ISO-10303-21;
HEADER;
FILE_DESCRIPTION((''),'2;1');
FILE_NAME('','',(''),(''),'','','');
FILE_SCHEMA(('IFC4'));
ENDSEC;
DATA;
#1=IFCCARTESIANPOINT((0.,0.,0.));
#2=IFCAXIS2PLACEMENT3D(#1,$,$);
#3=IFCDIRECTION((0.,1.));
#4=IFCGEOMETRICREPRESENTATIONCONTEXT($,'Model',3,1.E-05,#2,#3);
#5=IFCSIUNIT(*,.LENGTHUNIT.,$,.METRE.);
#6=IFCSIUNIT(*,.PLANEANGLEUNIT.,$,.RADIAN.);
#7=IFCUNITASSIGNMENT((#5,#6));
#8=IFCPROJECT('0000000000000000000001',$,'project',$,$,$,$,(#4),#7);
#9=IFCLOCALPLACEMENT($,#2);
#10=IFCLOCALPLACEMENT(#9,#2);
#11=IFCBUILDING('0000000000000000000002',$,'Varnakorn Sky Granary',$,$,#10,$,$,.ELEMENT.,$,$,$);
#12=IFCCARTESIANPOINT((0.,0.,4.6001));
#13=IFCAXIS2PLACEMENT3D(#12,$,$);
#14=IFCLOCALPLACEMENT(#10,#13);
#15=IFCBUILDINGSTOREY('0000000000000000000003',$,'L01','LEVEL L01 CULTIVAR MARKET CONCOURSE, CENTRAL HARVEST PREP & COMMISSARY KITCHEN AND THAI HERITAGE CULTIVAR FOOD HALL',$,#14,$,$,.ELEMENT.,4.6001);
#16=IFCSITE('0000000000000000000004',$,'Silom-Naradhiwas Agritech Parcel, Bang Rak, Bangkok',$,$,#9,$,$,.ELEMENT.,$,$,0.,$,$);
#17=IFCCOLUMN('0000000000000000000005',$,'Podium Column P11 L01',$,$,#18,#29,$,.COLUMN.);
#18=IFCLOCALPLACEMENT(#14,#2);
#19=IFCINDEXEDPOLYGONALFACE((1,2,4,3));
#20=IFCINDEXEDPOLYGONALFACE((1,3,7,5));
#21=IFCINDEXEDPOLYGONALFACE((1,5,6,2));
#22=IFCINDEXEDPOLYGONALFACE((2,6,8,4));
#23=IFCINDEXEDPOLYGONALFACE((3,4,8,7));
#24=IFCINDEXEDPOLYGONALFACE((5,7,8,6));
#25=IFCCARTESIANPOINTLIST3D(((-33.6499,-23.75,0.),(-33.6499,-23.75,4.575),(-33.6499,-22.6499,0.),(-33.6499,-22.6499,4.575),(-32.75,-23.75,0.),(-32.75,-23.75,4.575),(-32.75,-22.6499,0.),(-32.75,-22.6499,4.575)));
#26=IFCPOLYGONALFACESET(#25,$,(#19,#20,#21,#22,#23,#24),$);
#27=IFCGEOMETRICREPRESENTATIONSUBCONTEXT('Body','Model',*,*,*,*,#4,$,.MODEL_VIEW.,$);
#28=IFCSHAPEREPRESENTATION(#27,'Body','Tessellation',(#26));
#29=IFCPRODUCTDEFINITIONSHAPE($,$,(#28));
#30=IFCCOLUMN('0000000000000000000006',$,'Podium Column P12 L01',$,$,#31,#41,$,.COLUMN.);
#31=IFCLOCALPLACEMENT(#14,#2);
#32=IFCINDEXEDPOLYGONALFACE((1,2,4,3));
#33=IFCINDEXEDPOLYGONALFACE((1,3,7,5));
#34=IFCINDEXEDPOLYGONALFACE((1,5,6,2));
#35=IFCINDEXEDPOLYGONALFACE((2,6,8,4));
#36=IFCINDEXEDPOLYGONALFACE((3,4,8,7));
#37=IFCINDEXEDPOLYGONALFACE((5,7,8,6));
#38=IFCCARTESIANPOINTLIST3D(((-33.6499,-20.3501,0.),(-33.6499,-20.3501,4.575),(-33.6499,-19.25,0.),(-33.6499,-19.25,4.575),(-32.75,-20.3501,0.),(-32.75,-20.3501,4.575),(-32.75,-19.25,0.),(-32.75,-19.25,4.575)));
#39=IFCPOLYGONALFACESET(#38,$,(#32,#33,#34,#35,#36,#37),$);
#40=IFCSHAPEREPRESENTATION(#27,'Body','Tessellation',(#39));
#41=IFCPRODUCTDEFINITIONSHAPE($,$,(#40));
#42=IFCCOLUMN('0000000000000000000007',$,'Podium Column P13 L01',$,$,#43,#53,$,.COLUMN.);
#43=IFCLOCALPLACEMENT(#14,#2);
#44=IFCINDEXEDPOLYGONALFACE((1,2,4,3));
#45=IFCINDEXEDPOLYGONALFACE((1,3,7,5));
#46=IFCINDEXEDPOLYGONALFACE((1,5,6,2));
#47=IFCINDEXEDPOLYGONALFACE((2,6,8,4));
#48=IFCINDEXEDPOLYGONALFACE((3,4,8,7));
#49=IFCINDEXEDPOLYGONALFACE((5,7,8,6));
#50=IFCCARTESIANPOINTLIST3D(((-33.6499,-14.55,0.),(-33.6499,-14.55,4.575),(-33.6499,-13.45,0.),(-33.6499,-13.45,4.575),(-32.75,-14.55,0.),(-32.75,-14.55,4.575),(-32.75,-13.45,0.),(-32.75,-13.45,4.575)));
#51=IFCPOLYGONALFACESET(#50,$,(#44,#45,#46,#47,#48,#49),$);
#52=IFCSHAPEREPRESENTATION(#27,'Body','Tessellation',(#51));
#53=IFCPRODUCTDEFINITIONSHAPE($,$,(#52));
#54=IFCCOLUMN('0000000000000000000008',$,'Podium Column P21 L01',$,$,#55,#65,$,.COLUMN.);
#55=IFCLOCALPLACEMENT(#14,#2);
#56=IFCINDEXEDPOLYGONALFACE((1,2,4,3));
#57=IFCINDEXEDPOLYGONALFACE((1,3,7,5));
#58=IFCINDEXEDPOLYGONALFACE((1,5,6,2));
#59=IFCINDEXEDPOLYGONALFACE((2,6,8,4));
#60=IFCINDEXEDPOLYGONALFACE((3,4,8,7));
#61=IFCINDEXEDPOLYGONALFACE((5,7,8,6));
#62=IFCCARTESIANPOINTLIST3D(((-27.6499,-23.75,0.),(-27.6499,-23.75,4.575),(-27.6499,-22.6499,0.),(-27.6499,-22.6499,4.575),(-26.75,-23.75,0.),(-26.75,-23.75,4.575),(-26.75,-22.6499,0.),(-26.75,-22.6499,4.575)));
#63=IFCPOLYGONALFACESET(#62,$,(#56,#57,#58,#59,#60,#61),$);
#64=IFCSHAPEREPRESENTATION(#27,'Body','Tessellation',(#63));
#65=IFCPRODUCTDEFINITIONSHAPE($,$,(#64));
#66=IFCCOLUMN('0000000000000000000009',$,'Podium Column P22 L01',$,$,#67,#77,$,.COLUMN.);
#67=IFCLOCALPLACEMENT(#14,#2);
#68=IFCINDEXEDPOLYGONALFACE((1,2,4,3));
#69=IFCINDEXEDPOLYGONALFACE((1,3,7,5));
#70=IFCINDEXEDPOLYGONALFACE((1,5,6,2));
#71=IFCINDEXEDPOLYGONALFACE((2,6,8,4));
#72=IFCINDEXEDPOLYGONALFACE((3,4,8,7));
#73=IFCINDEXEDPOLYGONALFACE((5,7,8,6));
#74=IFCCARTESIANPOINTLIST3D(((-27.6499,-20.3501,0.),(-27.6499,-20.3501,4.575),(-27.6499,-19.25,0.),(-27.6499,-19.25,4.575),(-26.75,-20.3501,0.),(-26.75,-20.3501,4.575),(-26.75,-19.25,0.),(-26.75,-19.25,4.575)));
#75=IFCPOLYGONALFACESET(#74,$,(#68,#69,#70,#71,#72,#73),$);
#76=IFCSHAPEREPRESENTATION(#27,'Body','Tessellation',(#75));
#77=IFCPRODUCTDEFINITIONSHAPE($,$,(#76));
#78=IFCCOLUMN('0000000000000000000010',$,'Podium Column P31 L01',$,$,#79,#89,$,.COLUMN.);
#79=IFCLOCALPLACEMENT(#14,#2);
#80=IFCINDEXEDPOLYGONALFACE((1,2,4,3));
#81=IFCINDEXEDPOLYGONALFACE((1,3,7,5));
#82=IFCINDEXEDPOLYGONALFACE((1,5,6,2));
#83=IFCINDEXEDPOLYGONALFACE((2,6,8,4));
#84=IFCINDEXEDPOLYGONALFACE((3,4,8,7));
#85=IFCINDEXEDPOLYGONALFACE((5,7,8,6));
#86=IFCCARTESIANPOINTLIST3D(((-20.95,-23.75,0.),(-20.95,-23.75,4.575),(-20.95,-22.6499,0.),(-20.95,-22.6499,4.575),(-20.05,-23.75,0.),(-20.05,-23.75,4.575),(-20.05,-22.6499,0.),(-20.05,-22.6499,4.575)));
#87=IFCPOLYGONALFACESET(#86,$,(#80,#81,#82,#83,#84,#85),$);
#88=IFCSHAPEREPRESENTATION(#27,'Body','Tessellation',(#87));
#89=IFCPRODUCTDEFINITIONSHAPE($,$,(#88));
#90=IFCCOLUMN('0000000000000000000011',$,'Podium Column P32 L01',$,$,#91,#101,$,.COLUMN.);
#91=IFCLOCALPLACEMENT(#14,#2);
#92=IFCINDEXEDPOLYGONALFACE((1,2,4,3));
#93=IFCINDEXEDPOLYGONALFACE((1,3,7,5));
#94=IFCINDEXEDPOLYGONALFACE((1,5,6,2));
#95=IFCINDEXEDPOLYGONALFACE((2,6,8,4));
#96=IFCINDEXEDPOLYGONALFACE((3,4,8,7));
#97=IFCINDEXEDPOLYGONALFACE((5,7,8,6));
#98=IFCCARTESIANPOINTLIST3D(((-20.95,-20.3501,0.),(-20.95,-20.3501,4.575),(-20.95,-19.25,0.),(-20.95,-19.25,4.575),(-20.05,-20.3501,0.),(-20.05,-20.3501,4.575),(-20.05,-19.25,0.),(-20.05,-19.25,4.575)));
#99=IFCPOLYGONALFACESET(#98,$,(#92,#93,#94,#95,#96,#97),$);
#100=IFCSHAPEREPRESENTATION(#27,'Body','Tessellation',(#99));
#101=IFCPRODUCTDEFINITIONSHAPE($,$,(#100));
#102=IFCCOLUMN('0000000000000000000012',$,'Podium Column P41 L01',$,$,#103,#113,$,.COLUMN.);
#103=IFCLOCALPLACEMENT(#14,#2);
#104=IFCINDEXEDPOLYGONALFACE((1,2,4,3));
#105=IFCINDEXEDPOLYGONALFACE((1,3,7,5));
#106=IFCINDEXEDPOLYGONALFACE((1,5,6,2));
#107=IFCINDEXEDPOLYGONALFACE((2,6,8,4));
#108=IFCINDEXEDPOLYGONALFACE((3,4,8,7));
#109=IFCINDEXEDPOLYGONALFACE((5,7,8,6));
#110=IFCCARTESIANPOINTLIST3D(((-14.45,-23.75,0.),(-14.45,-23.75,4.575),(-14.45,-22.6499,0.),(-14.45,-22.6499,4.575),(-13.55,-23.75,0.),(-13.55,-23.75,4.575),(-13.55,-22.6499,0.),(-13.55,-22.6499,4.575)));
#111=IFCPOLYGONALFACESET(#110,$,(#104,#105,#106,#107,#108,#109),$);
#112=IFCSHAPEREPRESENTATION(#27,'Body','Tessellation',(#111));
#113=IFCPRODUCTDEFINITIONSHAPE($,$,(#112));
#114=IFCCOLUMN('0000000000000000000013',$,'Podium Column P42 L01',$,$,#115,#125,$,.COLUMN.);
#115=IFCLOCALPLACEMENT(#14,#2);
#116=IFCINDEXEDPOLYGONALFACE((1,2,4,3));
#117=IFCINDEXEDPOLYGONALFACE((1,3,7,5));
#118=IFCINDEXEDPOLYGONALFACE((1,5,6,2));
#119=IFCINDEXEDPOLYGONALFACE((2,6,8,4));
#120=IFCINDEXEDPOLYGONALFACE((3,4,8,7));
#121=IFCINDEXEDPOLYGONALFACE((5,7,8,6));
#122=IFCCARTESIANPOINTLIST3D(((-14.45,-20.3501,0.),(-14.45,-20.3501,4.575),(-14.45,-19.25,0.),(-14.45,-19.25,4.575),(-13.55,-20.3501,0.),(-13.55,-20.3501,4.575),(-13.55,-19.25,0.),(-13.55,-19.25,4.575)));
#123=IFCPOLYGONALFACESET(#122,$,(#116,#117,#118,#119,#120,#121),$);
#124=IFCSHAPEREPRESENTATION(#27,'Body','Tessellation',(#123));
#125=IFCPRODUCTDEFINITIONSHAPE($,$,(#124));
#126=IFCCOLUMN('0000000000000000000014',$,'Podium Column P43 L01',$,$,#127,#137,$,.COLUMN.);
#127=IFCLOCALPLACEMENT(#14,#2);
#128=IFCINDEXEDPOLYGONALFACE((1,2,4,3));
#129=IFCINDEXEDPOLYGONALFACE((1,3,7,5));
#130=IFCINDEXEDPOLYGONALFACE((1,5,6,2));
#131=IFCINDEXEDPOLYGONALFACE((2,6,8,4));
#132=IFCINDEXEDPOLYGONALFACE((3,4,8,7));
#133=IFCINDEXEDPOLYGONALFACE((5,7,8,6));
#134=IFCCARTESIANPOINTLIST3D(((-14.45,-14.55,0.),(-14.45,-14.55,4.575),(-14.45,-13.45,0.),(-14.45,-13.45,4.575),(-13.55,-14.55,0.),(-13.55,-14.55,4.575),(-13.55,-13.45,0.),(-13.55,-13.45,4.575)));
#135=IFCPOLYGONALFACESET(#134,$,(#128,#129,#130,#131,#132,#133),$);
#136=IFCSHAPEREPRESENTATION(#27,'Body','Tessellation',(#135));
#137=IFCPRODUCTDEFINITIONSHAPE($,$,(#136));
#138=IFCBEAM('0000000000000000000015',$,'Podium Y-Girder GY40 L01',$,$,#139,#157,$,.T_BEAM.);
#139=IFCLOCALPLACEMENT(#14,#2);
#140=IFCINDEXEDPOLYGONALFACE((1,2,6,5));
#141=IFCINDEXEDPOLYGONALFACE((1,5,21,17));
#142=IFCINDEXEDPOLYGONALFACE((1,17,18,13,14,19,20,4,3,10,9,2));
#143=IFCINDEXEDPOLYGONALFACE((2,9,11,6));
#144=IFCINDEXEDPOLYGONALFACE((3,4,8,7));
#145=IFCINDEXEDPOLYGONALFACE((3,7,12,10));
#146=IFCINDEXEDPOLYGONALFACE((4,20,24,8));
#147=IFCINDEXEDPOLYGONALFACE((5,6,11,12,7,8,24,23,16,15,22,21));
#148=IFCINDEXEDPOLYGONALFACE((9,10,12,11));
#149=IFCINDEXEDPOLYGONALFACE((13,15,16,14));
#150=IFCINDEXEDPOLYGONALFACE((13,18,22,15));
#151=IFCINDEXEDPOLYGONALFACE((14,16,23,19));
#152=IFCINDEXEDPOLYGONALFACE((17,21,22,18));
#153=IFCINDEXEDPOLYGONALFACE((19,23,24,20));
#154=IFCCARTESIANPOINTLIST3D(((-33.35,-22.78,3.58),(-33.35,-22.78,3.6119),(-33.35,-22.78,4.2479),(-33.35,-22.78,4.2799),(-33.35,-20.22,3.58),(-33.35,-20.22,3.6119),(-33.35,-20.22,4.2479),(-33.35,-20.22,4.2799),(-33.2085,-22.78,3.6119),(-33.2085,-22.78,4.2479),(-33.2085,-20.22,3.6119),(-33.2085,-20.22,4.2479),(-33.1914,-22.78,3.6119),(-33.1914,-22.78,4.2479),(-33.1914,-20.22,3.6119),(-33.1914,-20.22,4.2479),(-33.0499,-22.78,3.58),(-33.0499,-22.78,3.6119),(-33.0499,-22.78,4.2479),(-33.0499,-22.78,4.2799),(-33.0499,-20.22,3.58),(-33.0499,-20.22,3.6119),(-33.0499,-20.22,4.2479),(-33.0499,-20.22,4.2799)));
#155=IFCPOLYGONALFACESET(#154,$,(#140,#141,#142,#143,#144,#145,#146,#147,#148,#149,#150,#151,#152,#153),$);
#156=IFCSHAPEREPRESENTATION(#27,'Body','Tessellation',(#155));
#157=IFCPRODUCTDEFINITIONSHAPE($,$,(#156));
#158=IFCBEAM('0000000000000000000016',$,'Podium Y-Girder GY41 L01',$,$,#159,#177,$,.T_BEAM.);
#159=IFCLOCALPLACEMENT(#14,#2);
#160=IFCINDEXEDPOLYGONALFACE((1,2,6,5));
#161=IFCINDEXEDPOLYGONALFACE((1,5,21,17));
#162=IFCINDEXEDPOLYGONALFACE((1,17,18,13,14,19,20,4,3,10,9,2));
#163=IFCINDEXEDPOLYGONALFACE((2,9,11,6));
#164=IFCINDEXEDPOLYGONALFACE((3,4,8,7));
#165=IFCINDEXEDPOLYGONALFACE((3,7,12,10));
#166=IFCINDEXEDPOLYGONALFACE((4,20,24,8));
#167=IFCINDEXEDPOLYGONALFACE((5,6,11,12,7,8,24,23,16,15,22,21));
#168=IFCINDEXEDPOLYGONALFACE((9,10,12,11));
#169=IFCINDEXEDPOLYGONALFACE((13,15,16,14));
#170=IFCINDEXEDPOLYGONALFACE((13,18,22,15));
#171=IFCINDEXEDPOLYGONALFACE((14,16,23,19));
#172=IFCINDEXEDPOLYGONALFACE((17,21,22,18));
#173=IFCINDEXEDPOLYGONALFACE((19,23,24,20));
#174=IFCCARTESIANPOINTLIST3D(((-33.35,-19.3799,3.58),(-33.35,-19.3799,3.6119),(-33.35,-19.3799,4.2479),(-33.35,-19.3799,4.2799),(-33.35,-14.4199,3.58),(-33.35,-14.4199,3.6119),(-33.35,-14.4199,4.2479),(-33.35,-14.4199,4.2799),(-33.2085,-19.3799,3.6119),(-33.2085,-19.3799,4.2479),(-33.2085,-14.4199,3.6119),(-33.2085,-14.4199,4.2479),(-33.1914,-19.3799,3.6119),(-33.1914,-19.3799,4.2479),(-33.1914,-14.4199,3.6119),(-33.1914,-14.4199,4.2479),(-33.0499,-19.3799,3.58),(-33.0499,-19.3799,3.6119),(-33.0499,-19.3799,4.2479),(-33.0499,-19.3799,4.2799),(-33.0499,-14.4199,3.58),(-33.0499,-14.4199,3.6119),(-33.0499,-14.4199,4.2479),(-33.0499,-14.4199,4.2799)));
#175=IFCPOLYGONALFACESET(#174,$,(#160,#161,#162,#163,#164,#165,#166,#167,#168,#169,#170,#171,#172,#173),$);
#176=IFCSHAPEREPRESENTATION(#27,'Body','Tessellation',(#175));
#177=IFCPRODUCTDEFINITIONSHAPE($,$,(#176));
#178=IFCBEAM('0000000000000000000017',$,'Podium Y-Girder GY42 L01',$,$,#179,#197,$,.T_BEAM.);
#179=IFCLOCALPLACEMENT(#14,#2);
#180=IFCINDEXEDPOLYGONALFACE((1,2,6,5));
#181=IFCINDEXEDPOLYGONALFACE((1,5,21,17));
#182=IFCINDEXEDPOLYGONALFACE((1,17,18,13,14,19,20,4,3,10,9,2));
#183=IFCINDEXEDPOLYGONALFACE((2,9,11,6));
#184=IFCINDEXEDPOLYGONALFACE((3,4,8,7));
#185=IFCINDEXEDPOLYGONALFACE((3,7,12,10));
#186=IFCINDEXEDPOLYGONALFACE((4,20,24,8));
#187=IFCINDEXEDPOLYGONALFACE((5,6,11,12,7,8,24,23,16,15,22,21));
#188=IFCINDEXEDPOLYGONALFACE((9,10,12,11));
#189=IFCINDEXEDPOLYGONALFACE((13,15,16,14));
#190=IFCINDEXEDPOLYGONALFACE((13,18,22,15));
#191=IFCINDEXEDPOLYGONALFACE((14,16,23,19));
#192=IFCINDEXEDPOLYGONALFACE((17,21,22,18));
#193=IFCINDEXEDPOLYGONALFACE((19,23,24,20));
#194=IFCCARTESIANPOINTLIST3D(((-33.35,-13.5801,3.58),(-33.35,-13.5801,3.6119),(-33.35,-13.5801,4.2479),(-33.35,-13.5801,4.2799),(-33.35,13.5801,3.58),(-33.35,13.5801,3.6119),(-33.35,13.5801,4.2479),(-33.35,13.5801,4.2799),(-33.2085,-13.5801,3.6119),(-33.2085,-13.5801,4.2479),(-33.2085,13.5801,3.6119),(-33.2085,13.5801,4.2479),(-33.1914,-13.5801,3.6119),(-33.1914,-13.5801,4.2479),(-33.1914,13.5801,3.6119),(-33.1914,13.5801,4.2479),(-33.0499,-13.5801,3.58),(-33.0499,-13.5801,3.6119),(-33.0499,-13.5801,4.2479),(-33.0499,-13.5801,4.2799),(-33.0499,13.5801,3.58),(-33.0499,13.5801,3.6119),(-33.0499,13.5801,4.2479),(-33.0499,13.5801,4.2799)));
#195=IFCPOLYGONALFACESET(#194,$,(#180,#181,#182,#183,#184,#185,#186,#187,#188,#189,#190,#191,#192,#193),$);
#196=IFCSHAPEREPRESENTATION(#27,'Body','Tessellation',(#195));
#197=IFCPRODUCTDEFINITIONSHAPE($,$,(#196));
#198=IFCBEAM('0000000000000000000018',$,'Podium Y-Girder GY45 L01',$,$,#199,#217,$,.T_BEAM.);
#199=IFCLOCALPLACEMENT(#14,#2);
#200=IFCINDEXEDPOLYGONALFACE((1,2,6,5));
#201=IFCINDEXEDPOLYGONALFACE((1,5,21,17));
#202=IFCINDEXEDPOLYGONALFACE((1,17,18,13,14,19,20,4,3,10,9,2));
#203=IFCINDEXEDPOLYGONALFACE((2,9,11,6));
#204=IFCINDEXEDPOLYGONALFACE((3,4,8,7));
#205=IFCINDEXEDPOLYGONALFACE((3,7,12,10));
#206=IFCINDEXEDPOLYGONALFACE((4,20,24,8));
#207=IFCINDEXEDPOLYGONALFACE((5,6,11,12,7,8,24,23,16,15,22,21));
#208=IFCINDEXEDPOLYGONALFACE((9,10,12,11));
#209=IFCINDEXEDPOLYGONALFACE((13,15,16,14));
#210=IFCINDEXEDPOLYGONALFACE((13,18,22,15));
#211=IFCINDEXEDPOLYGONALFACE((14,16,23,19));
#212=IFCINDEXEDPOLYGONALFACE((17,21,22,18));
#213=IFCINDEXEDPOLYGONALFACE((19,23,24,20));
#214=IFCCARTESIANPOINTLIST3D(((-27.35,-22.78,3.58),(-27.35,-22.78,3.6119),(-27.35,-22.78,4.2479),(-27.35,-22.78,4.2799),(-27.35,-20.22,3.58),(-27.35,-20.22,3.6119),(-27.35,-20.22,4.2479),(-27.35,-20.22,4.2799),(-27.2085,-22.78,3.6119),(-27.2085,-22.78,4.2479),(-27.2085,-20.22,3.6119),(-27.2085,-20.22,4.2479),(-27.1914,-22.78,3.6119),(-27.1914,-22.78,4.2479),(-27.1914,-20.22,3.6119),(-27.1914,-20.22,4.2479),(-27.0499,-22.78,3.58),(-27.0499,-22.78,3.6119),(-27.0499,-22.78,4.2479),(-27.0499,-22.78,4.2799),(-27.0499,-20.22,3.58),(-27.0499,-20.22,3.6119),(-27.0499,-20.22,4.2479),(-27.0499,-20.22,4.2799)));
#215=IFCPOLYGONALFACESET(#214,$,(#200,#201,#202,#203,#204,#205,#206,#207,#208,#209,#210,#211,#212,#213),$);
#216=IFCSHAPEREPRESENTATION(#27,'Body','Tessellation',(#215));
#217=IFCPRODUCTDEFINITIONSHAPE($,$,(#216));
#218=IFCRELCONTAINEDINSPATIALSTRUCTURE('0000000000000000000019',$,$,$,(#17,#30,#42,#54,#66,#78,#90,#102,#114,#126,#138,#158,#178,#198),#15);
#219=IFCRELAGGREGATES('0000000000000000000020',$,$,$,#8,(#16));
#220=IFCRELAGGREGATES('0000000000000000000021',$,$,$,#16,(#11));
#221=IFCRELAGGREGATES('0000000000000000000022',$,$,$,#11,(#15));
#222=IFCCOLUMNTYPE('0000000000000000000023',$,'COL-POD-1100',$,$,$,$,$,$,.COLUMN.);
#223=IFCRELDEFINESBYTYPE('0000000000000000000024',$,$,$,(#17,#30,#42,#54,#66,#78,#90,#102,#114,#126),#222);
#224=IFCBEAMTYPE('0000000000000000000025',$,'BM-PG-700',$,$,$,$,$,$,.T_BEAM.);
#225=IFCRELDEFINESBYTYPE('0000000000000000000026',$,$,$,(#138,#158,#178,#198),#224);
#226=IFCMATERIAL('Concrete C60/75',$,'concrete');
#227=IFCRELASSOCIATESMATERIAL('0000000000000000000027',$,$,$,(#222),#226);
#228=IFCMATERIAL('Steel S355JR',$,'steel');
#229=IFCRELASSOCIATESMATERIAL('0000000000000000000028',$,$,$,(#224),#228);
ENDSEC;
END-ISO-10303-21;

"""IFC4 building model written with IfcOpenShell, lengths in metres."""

from ifc_helpers import new_model, si_unit, direction, frame, origin, origin_2d, place, context, subcontext, project, spatial, rectangle, i_section, extrude, material, material_profile, profile_set, type_object, element, save


model = new_model("IFC4")

# Units and contexts
model_context = context("Model", 3, precision=1e-05, world=origin(), true_north=direction((0.0, 1.0)))
body_context = subcontext(model_context, "Body", "Model", "MODEL_VIEW")
ifc_project = project(units=[si_unit("LENGTHUNIT", "METRE"), si_unit("PLANEANGLEUNIT", "RADIAN")], contexts=[model_context])

# Site, building, storey
site_placement = place(None, origin())
site = spatial("IfcSite", under=ifc_project, at=site_placement, Name="Silom-Naradhiwas Agritech Parcel, Bang Rak, Bangkok", CompositionType="ELEMENT", RefElevation=0.0)
building_placement = place(site_placement, origin())
building = spatial("IfcBuilding", under=site, at=building_placement, Name="Varnakorn Sky Granary", CompositionType="ELEMENT")
storey_placement = place(building_placement, frame((0.0, 0.0, 4.6001)))
storey = spatial("IfcBuildingStorey", under=building, at=storey_placement, Name="L01", Description="LEVEL L01 CULTIVAR MARKET CONCOURSE, CENTRAL HARVEST PREP & COMMISSARY KITCHEN AND THAI HERITAGE CULTIVAR FOOD HALL", CompositionType="ELEMENT", Elevation=4.6001)

# Columns
ifc_material_1 = material(Name="Concrete C60/75", Category="concrete")
ifc_material_profile_1 = material_profile(ifc_material_1, rectangle(XDim=0.8999, YDim=1.1001, at=origin_2d()), Name="RC 900x1100")
ifc_profile_set_1 = profile_set([ifc_material_profile_1], Name="Concrete C60/75")
column_type = type_object("IfcColumnType", Name="COL-POD-1100", PredefinedType="COLUMN", material=ifc_profile_set_1)
for number, where, z_axis, x_axis, name in (
    (1, (-33.2, -23.2, 0.0), (0.0, 0.0, 1.0), (1.0, 0.0, 0.0), "Podium Column P11 L01"),
    (2, (-33.2, -19.8, 0.0), (0.0, 0.0, 1.0), (1.0, 0.0, 0.0), "Podium Column P12 L01"),
    (3, (-33.2, -14.0, 0.0), (0.0, 0.0, 1.0), (1.0, 0.0, 0.0), "Podium Column P13 L01"),
    (4, (-27.2, -23.2, 0.0), (0.0, 0.0, 1.0), (1.0, 0.0, 0.0), "Podium Column P21 L01"),
    (5, (-27.2, -19.8, 0.0), (0.0, 0.0, 1.0), (1.0, 0.0, 0.0), "Podium Column P22 L01"),
    (6, (-20.5, -23.2, 0.0), (0.0, 0.0, 1.0), (1.0, 0.0, 0.0), "Podium Column P31 L01"),
    (7, (-20.5, -19.8, 0.0), (0.0, 0.0, 1.0), (1.0, 0.0, 0.0), "Podium Column P32 L01"),
    (8, (-14.0, -23.2, 0.0), (0.0, 0.0, 1.0), (1.0, 0.0, 0.0), "Podium Column P41 L01"),
    (9, (-14.0, -19.8, 0.0), (0.0, 0.0, 1.0), (1.0, 0.0, 0.0), "Podium Column P42 L01"),
    (10, (-14.0, -14.0, 0.0), (0.0, 0.0, 1.0), (1.0, 0.0, 0.0), "Podium Column P43 L01"),
):
    element("IfcColumn", number, at=place(storey_placement, frame(where, z_axis=z_axis, x_axis=x_axis)), inside=storey, type_object=column_type, Name=name, PredefinedType="COLUMN", context=body_context, shape_type="SweptSolid", body=[
        extrude(rectangle(XDim=0.8999, YDim=1.1001, at=origin_2d()), origin(), (0.0, 0.0, 1.0), 4.575),
    ])

# Beams
ifc_material_2 = material(Name="Steel S355JR", Category="steel")
ifc_material_profile_2 = material_profile(ifc_material_2, i_section(OverallWidth=0.3, OverallDepth=0.7, WebThickness=0.0171, FlangeThickness=0.032, at=origin_2d()), Name="HE 700 B")
ifc_profile_set_2 = profile_set([ifc_material_profile_2], Name="Steel S355JR")
beam_type_1 = type_object("IfcBeamType", Name="BM-PG-700", PredefinedType="T_BEAM", material=ifc_profile_set_2)
beam_1_placement = place(storey_placement, frame((-33.2, -22.78, 3.9299), z_axis=(0.0, 1.0, 0.0), x_axis=(-1.0, 0.0, 0.0)))
element("IfcBeam", 11, at=beam_1_placement, inside=storey, type_object=beam_type_1, Name="Podium Y-Girder GY40 L01", PredefinedType="T_BEAM", context=body_context, shape_type="SweptSolid", body=[
    extrude(i_section(OverallWidth=0.3, OverallDepth=0.7, WebThickness=0.0171, FlangeThickness=0.032, at=origin_2d()), origin(), (0.0, 0.0, 1.0), 2.5601),
])
beam_2_placement = place(storey_placement, frame((-33.2, -19.3799, 3.9299), z_axis=(0.0, 1.0, 0.0), x_axis=(-1.0, 0.0, 0.0)))
element("IfcBeam", 12, at=beam_2_placement, inside=storey, type_object=beam_type_1, Name="Podium Y-Girder GY41 L01", PredefinedType="T_BEAM", context=body_context, shape_type="SweptSolid", body=[
    extrude(i_section(OverallWidth=0.3, OverallDepth=0.7, WebThickness=0.0171, FlangeThickness=0.032, at=origin_2d()), origin(), (0.0, 0.0, 1.0), 4.96),
])
beam_3_placement = place(storey_placement, frame((-33.2, -13.5801, 3.9299), z_axis=(0.0, 1.0, 0.0), x_axis=(-1.0, 0.0, 0.0)))
element("IfcBeam", 13, at=beam_3_placement, inside=storey, type_object=beam_type_1, Name="Podium Y-Girder GY42 L01", PredefinedType="T_BEAM", context=body_context, shape_type="SweptSolid", body=[
    extrude(i_section(OverallWidth=0.3, OverallDepth=0.7, WebThickness=0.0171, FlangeThickness=0.032, at=origin_2d()), origin(), (0.0, 0.0, 1.0), 27.1602),
])
for number, where, z_axis, x_axis, name in (
    (14, (-27.2, -22.78, 3.9299), (0.0, 1.0, 0.0), (-1.0, 0.0, 0.0), "Podium Y-Girder GY45 L01"),
):
    element("IfcBeam", number, at=place(storey_placement, frame(where, z_axis=z_axis, x_axis=x_axis)), inside=storey, type_object=beam_type_1, Name=name, PredefinedType="T_BEAM", context=body_context, shape_type="SweptSolid", body=[
        extrude(i_section(OverallWidth=0.3, OverallDepth=0.7, WebThickness=0.0171, FlangeThickness=0.032, at=origin_2d()), origin(), (0.0, 0.0, 1.0), 2.5601),
    ])

save(model, "model.ifc")
